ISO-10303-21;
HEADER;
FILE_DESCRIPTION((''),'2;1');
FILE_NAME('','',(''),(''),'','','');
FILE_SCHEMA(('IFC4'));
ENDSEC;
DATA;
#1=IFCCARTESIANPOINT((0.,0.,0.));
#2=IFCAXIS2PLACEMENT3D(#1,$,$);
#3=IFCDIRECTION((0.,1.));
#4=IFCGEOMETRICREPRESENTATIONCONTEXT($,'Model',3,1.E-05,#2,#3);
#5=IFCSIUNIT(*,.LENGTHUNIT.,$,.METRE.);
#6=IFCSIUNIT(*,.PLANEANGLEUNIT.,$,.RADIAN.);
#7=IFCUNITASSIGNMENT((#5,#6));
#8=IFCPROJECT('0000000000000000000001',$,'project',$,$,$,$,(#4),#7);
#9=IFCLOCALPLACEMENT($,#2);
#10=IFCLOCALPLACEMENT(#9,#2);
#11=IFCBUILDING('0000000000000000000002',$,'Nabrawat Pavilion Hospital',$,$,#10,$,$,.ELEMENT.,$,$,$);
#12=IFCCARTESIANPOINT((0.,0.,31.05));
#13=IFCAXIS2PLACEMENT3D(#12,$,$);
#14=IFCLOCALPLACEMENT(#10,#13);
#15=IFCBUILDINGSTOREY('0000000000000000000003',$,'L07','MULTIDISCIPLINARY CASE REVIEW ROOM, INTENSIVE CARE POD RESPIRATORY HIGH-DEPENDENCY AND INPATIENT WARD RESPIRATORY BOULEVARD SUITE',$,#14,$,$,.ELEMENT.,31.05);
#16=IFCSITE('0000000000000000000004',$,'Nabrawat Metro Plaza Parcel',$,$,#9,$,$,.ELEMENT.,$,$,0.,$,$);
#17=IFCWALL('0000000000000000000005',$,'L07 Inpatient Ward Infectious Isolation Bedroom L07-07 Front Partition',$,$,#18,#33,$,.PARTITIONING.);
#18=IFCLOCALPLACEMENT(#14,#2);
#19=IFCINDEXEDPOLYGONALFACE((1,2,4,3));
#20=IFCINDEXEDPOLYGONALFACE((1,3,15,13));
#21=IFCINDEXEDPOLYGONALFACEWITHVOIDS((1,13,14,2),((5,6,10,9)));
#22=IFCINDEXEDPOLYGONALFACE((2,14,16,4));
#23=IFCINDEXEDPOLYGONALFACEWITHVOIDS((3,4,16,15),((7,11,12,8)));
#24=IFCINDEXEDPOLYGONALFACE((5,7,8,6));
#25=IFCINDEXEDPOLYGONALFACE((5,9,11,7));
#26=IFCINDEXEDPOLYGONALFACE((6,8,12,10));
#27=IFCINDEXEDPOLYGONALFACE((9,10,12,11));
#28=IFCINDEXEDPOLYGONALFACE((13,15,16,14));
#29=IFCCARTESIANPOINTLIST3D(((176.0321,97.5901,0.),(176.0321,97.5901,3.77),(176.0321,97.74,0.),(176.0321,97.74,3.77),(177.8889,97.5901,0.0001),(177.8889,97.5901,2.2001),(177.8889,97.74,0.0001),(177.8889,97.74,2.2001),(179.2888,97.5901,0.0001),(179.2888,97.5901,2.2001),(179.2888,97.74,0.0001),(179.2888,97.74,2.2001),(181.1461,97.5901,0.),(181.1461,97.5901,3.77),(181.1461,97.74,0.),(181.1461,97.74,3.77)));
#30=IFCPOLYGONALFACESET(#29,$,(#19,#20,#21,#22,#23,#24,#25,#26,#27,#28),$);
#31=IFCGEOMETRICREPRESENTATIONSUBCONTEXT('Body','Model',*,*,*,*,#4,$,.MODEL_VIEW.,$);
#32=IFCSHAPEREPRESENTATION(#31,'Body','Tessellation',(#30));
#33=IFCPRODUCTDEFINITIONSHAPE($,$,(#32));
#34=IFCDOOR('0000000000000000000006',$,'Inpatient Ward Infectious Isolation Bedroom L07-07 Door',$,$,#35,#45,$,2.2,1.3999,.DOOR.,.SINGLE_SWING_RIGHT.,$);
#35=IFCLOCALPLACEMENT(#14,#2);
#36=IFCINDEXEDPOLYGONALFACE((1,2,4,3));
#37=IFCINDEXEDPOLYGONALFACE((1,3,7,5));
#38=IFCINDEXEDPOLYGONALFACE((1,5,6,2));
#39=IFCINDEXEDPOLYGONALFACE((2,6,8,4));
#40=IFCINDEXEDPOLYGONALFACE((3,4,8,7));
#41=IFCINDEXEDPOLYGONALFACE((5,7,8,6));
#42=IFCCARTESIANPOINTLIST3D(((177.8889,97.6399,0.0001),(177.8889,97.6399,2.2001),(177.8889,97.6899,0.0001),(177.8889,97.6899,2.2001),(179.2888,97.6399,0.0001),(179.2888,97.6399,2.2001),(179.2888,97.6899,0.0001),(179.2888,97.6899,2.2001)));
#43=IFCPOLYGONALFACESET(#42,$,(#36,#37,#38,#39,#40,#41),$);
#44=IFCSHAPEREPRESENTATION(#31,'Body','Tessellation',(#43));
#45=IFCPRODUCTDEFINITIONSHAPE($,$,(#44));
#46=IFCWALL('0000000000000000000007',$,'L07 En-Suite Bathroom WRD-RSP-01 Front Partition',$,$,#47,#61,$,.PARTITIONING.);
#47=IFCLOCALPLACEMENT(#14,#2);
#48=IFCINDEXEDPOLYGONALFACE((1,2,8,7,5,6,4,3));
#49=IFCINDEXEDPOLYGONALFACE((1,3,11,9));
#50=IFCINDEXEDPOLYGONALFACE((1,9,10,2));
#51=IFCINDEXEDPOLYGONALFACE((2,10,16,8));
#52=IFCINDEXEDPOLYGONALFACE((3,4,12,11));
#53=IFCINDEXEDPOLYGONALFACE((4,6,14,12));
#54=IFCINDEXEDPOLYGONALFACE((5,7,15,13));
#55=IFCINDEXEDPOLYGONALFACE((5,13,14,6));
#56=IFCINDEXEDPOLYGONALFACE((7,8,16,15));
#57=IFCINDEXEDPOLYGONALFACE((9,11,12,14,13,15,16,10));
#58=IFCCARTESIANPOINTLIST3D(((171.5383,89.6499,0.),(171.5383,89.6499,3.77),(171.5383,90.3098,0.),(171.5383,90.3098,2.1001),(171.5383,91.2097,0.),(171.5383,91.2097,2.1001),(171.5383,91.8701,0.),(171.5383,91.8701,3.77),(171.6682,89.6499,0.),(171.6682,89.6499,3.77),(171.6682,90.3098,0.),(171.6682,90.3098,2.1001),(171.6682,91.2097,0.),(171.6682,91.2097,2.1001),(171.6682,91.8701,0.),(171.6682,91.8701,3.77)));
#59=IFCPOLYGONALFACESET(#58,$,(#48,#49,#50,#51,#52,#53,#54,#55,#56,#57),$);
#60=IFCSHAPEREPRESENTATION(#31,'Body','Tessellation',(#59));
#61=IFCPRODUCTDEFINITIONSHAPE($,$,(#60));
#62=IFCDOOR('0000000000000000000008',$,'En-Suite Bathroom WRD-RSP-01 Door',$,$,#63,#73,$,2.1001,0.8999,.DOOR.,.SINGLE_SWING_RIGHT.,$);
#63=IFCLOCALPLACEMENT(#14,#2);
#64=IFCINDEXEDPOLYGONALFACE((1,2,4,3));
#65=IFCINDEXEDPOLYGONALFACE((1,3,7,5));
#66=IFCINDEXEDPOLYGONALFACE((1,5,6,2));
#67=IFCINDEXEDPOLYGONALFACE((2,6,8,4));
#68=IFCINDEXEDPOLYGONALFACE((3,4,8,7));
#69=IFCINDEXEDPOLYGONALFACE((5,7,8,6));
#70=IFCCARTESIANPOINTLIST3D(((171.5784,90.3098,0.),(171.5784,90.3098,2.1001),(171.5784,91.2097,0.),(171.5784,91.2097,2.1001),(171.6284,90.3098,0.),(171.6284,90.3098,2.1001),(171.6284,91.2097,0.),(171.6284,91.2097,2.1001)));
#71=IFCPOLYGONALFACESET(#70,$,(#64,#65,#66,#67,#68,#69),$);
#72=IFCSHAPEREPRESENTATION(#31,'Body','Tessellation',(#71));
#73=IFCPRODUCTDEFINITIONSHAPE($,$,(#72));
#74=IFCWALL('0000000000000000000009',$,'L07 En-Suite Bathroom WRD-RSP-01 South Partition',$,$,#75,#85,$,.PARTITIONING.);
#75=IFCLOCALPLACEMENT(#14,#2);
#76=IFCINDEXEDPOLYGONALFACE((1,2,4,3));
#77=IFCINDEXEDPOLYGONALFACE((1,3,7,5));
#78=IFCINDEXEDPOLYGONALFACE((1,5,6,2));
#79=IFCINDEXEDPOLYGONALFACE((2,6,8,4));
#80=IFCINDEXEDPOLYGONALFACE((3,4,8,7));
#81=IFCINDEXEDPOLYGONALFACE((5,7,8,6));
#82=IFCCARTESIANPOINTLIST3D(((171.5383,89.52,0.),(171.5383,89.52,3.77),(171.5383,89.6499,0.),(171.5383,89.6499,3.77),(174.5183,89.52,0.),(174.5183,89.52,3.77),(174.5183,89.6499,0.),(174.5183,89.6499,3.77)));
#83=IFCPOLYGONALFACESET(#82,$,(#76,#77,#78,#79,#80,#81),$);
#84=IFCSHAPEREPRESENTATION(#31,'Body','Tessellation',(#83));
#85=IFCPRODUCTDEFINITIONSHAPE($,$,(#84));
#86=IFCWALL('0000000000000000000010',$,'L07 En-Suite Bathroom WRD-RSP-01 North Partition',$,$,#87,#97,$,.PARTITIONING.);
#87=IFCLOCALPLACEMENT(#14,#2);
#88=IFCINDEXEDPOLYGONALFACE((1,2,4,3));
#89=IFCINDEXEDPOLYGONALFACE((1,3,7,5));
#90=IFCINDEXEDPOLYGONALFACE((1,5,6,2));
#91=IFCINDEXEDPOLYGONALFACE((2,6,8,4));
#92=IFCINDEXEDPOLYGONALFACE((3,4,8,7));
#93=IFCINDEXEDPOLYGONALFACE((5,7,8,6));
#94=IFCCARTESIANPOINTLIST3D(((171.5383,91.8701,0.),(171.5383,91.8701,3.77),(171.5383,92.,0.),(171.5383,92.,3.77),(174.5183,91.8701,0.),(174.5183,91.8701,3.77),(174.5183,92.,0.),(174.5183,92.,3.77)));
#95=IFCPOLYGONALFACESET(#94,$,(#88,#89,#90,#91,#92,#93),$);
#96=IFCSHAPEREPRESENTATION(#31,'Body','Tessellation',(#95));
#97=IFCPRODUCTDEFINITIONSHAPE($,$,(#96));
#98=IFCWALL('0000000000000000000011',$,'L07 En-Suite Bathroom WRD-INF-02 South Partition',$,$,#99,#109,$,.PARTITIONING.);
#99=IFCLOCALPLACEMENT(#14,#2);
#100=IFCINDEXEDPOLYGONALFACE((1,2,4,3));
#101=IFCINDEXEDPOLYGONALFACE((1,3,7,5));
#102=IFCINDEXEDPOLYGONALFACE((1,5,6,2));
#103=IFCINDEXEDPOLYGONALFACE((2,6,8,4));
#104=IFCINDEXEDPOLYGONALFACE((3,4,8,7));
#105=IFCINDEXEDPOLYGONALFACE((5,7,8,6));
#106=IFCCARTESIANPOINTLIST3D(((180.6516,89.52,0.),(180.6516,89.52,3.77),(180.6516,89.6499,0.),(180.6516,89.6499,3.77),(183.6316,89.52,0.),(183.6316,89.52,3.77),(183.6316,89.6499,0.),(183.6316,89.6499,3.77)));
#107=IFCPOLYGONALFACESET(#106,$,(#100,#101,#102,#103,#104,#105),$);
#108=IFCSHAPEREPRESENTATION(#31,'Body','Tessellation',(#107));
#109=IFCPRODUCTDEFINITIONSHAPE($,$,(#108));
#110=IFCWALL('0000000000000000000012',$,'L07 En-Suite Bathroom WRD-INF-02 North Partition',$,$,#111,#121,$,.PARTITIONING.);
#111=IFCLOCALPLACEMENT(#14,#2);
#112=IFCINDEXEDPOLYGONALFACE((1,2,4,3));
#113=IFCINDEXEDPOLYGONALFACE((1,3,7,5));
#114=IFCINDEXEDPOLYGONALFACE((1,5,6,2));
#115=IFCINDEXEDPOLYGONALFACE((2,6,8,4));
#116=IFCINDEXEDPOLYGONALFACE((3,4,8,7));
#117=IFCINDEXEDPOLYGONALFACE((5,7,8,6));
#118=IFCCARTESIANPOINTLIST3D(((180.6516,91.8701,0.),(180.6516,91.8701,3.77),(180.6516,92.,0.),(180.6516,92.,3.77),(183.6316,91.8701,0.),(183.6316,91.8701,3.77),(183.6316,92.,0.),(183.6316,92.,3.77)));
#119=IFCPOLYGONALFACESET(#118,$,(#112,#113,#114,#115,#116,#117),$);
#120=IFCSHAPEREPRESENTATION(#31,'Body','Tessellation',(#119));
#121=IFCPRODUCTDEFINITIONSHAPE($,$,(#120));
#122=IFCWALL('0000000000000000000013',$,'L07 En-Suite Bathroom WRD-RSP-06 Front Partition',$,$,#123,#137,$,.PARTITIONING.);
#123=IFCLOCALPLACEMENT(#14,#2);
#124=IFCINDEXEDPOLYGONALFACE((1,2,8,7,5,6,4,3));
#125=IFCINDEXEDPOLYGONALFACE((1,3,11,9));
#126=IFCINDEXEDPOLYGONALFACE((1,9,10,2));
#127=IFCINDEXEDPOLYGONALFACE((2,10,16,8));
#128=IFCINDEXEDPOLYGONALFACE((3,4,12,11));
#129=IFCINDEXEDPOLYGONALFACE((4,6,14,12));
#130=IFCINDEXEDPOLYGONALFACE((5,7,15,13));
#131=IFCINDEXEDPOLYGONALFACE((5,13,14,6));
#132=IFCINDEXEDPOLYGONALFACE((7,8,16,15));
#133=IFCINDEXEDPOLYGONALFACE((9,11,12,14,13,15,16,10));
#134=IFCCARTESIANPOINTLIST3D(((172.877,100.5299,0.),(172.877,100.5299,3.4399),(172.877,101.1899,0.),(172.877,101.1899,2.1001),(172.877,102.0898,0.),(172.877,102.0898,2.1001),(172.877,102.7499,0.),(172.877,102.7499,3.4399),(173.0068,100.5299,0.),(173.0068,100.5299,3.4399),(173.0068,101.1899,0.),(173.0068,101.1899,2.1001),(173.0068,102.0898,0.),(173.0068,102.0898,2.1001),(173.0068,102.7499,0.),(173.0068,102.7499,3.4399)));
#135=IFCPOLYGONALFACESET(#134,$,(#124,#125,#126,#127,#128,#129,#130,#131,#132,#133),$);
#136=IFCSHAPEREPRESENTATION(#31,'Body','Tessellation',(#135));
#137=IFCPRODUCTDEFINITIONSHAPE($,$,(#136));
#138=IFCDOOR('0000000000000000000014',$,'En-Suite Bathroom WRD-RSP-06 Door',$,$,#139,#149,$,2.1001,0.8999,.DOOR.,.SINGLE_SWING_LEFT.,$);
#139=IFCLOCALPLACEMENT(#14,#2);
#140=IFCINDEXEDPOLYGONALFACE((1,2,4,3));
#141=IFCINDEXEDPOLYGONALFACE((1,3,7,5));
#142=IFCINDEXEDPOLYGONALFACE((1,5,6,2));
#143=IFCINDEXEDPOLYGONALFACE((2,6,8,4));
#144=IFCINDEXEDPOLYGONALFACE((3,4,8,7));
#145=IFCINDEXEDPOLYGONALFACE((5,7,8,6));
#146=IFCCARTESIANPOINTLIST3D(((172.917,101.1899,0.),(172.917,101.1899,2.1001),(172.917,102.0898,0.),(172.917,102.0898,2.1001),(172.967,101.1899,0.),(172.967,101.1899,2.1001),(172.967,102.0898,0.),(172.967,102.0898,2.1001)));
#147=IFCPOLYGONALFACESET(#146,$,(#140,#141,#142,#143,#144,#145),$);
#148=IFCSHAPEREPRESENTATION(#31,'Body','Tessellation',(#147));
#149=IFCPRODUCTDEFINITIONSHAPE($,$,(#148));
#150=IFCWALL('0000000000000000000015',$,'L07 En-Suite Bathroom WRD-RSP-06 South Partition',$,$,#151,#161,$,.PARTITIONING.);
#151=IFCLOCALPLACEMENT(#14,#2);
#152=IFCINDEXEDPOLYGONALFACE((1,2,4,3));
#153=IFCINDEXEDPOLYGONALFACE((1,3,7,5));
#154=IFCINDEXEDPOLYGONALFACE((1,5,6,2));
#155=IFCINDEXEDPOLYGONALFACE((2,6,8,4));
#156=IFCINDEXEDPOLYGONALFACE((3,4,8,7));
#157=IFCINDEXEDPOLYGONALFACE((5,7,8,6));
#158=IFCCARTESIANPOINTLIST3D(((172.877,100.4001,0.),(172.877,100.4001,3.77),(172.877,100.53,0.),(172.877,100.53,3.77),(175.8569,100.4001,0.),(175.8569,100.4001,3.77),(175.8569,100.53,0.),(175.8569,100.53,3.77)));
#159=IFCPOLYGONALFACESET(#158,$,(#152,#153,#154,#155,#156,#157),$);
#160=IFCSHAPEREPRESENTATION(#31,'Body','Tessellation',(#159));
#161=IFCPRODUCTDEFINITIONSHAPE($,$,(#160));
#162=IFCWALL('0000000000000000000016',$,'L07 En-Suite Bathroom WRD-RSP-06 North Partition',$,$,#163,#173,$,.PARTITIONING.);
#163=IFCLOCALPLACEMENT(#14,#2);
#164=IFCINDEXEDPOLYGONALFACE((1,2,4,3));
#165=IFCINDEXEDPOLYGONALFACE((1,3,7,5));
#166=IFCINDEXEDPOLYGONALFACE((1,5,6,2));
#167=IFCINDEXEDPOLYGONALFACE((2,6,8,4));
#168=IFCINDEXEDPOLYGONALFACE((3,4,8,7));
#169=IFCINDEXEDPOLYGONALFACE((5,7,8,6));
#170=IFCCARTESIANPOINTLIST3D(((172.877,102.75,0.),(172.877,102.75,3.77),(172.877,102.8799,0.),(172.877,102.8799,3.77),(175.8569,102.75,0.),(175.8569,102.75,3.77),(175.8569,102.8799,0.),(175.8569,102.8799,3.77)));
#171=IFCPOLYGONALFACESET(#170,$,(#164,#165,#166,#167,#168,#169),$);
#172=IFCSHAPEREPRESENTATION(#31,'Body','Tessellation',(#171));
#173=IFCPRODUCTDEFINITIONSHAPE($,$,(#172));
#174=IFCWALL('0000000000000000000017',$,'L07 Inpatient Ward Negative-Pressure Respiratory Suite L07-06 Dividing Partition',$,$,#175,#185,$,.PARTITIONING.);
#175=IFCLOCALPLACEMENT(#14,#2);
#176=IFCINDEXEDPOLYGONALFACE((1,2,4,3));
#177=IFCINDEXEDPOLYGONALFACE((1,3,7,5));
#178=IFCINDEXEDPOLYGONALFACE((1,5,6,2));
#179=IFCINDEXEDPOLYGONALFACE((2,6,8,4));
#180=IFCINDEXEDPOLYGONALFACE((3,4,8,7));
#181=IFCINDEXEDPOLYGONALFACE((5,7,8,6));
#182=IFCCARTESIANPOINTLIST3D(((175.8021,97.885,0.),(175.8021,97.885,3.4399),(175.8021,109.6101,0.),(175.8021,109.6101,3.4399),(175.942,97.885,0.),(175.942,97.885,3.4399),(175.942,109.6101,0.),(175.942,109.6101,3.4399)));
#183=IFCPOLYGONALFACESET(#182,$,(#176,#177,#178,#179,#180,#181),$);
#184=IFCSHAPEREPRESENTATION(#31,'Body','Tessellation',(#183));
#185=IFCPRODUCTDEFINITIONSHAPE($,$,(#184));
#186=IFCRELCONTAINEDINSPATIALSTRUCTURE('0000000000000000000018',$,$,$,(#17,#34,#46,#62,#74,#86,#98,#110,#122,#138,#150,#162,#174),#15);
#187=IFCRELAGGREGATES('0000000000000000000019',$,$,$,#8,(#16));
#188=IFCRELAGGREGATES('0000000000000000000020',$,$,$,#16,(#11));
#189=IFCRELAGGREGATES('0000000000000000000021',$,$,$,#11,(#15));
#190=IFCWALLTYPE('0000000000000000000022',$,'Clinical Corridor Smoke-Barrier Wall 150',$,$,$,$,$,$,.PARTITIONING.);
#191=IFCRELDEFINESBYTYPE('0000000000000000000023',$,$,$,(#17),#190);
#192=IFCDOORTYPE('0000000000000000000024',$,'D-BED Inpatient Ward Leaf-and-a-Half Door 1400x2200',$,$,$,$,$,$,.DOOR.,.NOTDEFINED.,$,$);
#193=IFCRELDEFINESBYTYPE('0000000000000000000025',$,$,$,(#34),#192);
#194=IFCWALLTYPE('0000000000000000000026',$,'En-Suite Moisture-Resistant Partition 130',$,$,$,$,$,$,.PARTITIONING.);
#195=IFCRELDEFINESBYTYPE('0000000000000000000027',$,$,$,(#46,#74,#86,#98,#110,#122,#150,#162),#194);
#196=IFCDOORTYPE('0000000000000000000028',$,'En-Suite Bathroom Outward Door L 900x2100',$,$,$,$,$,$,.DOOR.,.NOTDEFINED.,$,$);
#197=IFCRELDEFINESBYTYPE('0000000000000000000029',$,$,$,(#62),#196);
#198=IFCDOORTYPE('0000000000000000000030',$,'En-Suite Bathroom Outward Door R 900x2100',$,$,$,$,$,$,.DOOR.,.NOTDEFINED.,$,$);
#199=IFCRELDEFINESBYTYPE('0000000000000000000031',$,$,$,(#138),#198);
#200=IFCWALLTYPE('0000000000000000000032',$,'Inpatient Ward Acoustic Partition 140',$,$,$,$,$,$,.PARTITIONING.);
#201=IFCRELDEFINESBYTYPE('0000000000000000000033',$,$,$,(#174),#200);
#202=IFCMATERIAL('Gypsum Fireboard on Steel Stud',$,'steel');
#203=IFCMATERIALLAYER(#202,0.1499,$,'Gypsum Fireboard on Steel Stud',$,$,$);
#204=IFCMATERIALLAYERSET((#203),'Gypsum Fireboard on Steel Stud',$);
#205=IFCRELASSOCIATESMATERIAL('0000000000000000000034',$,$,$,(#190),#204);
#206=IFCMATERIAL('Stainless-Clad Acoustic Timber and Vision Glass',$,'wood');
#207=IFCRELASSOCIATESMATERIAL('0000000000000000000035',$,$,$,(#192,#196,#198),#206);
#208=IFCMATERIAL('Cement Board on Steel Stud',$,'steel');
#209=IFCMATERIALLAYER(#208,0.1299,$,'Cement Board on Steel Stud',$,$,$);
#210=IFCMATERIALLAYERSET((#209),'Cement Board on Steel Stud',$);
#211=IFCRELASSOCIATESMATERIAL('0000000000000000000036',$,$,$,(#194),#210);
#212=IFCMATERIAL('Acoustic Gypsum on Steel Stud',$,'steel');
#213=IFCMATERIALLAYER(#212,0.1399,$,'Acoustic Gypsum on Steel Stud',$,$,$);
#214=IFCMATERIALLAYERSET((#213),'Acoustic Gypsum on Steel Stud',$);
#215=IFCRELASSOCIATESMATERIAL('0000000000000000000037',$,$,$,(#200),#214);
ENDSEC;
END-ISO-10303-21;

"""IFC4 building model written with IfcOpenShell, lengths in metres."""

from ifc_helpers import new_model, si_unit, direction, frame, frame_2d, origin, place, context, subcontext, project, spatial, rectangle, extrude, material, layer, layer_set, type_object, element, fill, save


model = new_model("IFC4")

# Units and contexts
model_context = context("Model", 3, precision=1e-05, world=origin(), true_north=direction((0.0, 1.0)))
body_context = subcontext(model_context, "Body", "Model", "MODEL_VIEW")
ifc_project = project(units=[si_unit("LENGTHUNIT", "METRE"), si_unit("PLANEANGLEUNIT", "RADIAN")], contexts=[model_context])

# Site, building, storey
site_placement = place(None, origin())
site = spatial("IfcSite", under=ifc_project, at=site_placement, Name="Nabrawat Metro Plaza Parcel", CompositionType="ELEMENT", RefElevation=0.0)
building_placement = place(site_placement, origin())
building = spatial("IfcBuilding", under=site, at=building_placement, Name="Nabrawat Pavilion Hospital", CompositionType="ELEMENT")
storey_placement = place(building_placement, frame((0.0, 0.0, 31.05)))
storey = spatial("IfcBuildingStorey", under=building, at=storey_placement, Name="L07", Description="MULTIDISCIPLINARY CASE REVIEW ROOM, INTENSIVE CARE POD RESPIRATORY HIGH-DEPENDENCY AND INPATIENT WARD RESPIRATORY BOULEVARD SUITE", CompositionType="ELEMENT", Elevation=31.05)

# Walls, openings, doors
ifc_material_1 = material(Name="Gypsum Fireboard on Steel Stud", Category="steel")
ifc_layer_1 = layer(ifc_material_1, 0.1499, Name="Gypsum Fireboard on Steel Stud")
ifc_layer_set_1 = layer_set([ifc_layer_1], Name="Gypsum Fireboard on Steel Stud")
wall_type_1 = type_object("IfcWallType", Name="Clinical Corridor Smoke-Barrier Wall 150", PredefinedType="PARTITIONING", material=ifc_layer_set_1)
ifc_material_2 = material(Name="Stainless-Clad Acoustic Timber and Vision Glass", Category="wood")
door_type_1 = type_object("IfcDoorType", Name="D-BED Inpatient Ward Leaf-and-a-Half Door 1400x2200", OperationType="NOTDEFINED", PredefinedType="DOOR", material=ifc_material_2)
wall_1_placement = place(storey_placement, frame((176.032, 97.665, 0.0), z_axis=(0.0, 0.0, 1.0), x_axis=(1.0, 0.0, 0.0)))
wall_1 = element("IfcWall", 1, at=wall_1_placement, inside=storey, type_object=wall_type_1, Name="L07 Inpatient Ward Infectious Isolation Bedroom L07-07 Front Partition", PredefinedType="PARTITIONING", context=body_context, shape_type="SweptSolid", body=[
    extrude(rectangle(XDim=5.114, YDim=0.1499, at=frame_2d((2.5571, 0.0))), origin(), (0.0, 0.0, 1.0), 3.77),
])
opening_1_placement = place(wall_1_placement, frame((1.8569, 0.0, 0.0)))
opening_1 = element("IfcOpeningElement", 2, at=opening_1_placement, cuts=wall_1, PredefinedType="OPENING", context=body_context, shape_type="SweptSolid", body=[
    extrude(rectangle(XDim=1.3999, YDim=2.2, at=frame_2d((0.7, 1.1001))), frame((0.0, 0.085, 0.0), z_axis=(0.0, -1.0, 0.0), x_axis=(1.0, 0.0, 0.0)), (0.0, 0.0, 1.0), 0.1699),
])
door_1_placement = place(opening_1_placement, origin())
door_1 = element("IfcDoor", 3, at=door_1_placement, inside=storey, type_object=door_type_1, Name="Inpatient Ward Infectious Isolation Bedroom L07-07 Door", OperationType="SINGLE_SWING_RIGHT", OverallHeight=2.2, OverallWidth=1.3999, PredefinedType="DOOR", context=body_context, shape_type="SweptSolid", body=[
    extrude(rectangle(XDim=1.3999, YDim=2.2, at=frame_2d((0.7, 1.1001))), frame((0.0, 0.0249, 0.0), z_axis=(0.0, -1.0, 0.0), x_axis=(1.0, 0.0, 0.0)), (0.0, 0.0, 1.0), 0.05),
])
fill(opening_1, door_1)
ifc_material_3 = material(Name="Cement Board on Steel Stud", Category="steel")
ifc_layer_2 = layer(ifc_material_3, 0.1299, Name="Cement Board on Steel Stud")
ifc_layer_set_2 = layer_set([ifc_layer_2], Name="Cement Board on Steel Stud")
wall_type_2 = type_object("IfcWallType", Name="En-Suite Moisture-Resistant Partition 130", PredefinedType="PARTITIONING", material=ifc_layer_set_2)
wall_2_placement = place(storey_placement, frame((171.6033, 89.6499, 0.0), z_axis=(0.0, 0.0, 1.0), x_axis=(0.0, 1.0, 0.0)))
wall_2 = element("IfcWall", 4, at=wall_2_placement, inside=storey, type_object=wall_type_2, Name="L07 En-Suite Bathroom WRD-RSP-01 Front Partition", PredefinedType="PARTITIONING", context=body_context, shape_type="SweptSolid", body=[
    extrude(rectangle(XDim=2.2202, YDim=0.1299, at=frame_2d((1.1101, 0.0))), origin(), (0.0, 0.0, 1.0), 3.77),
])
opening_2_placement = place(wall_2_placement, frame((0.6599, 0.0, 0.0)))
opening_2 = element("IfcOpeningElement", 5, at=opening_2_placement, cuts=wall_2, PredefinedType="OPENING", context=body_context, shape_type="SweptSolid", body=[
    extrude(rectangle(XDim=0.8999, YDim=2.1001, at=frame_2d((0.45, 1.05))), frame((0.0, 0.075, 0.0), z_axis=(0.0, -1.0, 0.0), x_axis=(1.0, 0.0, 0.0)), (0.0, 0.0, 1.0), 0.1499),
])
door_type_2 = type_object("IfcDoorType", Name="En-Suite Bathroom Outward Door L 900x2100", OperationType="NOTDEFINED", PredefinedType="DOOR", material=ifc_material_2)
door_2_placement = place(opening_2_placement, origin())
door_2 = element("IfcDoor", 6, at=door_2_placement, inside=storey, type_object=door_type_2, Name="En-Suite Bathroom WRD-RSP-01 Door", OperationType="SINGLE_SWING_RIGHT", OverallHeight=2.1001, OverallWidth=0.8999, PredefinedType="DOOR", context=body_context, shape_type="SweptSolid", body=[
    extrude(rectangle(XDim=0.8999, YDim=2.1001, at=frame_2d((0.45, 1.05))), frame((0.0, 0.0249, 0.0), z_axis=(0.0, -1.0, 0.0), x_axis=(1.0, 0.0, 0.0)), (0.0, 0.0, 1.0), 0.05),
])
fill(opening_2, door_2)

# Walls
for number, where, z_axis, x_axis, name in (
    (7, (171.5383, 89.585, 0.0), (0.0, 0.0, 1.0), (1.0, 0.0, 0.0), "L07 En-Suite Bathroom WRD-RSP-01 South Partition"),
    (8, (171.5383, 91.9351, 0.0), (0.0, 0.0, 1.0), (1.0, 0.0, 0.0), "L07 En-Suite Bathroom WRD-RSP-01 North Partition"),
    (9, (180.6516, 89.585, 0.0), (0.0, 0.0, 1.0), (1.0, 0.0, 0.0), "L07 En-Suite Bathroom WRD-INF-02 South Partition"),
    (10, (180.6516, 91.9351, 0.0), (0.0, 0.0, 1.0), (1.0, 0.0, 0.0), "L07 En-Suite Bathroom WRD-INF-02 North Partition"),
):
    element("IfcWall", number, at=place(storey_placement, frame(where, z_axis=z_axis, x_axis=x_axis)), inside=storey, type_object=wall_type_2, Name=name, PredefinedType="PARTITIONING", context=body_context, shape_type="SweptSolid", body=[
        extrude(rectangle(XDim=2.98, YDim=0.1299, at=frame_2d((1.49, 0.0))), origin(), (0.0, 0.0, 1.0), 3.77),
    ])

# Wall, opening, door
wall_3_placement = place(storey_placement, frame((172.9419, 100.53, 0.0), z_axis=(0.0, 0.0, 1.0), x_axis=(0.0, 1.0, 0.0)))
wall_3 = element("IfcWall", 11, at=wall_3_placement, inside=storey, type_object=wall_type_2, Name="L07 En-Suite Bathroom WRD-RSP-06 Front Partition", PredefinedType="PARTITIONING", context=body_context, shape_type="SweptSolid", body=[
    extrude(rectangle(XDim=2.22, YDim=0.1299, at=frame_2d((1.1099, 0.0))), origin(), (0.0, 0.0, 1.0), 3.4399),
])
opening_3_placement = place(wall_3_placement, frame((0.6599, 0.0, 0.0)))
opening_3 = element("IfcOpeningElement", 12, at=opening_3_placement, cuts=wall_3, PredefinedType="OPENING", context=body_context, shape_type="SweptSolid", body=[
    extrude(rectangle(XDim=0.8999, YDim=2.1001, at=frame_2d((0.45, 1.05))), frame((0.0, 0.075, 0.0), z_axis=(0.0, -1.0, 0.0), x_axis=(1.0, 0.0, 0.0)), (0.0, 0.0, 1.0), 0.1499),
])
door_type_3 = type_object("IfcDoorType", Name="En-Suite Bathroom Outward Door R 900x2100", OperationType="NOTDEFINED", PredefinedType="DOOR", material=ifc_material_2)
door_3_placement = place(opening_3_placement, origin())
door_3 = element("IfcDoor", 13, at=door_3_placement, inside=storey, type_object=door_type_3, Name="En-Suite Bathroom WRD-RSP-06 Door", OperationType="SINGLE_SWING_LEFT", OverallHeight=2.1001, OverallWidth=0.8999, PredefinedType="DOOR", context=body_context, shape_type="SweptSolid", body=[
    extrude(rectangle(XDim=0.8999, YDim=2.1001, at=frame_2d((0.45, 1.05))), frame((0.0, 0.0249, 0.0), z_axis=(0.0, -1.0, 0.0), x_axis=(1.0, 0.0, 0.0)), (0.0, 0.0, 1.0), 0.05),
])
fill(opening_3, door_3)

# Walls
for number, where, z_axis, x_axis, name in (
    (14, (172.877, 100.4651, 0.0), (0.0, 0.0, 1.0), (1.0, 0.0, 0.0), "L07 En-Suite Bathroom WRD-RSP-06 South Partition"),
    (15, (172.877, 102.8149, 0.0), (0.0, 0.0, 1.0), (1.0, 0.0, 0.0), "L07 En-Suite Bathroom WRD-RSP-06 North Partition"),
):
    element("IfcWall", number, at=place(storey_placement, frame(where, z_axis=z_axis, x_axis=x_axis)), inside=storey, type_object=wall_type_2, Name=name, PredefinedType="PARTITIONING", context=body_context, shape_type="SweptSolid", body=[
        extrude(rectangle(XDim=2.98, YDim=0.1299, at=frame_2d((1.49, 0.0))), origin(), (0.0, 0.0, 1.0), 3.77),
    ])
ifc_material_4 = material(Name="Acoustic Gypsum on Steel Stud", Category="steel")
ifc_layer_3 = layer(ifc_material_4, 0.1399, Name="Acoustic Gypsum on Steel Stud")
ifc_layer_set_3 = layer_set([ifc_layer_3], Name="Acoustic Gypsum on Steel Stud")
wall_type_3 = type_object("IfcWallType", Name="Inpatient Ward Acoustic Partition 140", PredefinedType="PARTITIONING", material=ifc_layer_set_3)
wall_4_placement = place(storey_placement, frame((175.8721, 97.885, 0.0), z_axis=(0.0, 0.0, 1.0), x_axis=(0.0, 1.0, 0.0)))
element("IfcWall", 16, at=wall_4_placement, inside=storey, type_object=wall_type_3, Name="L07 Inpatient Ward Negative-Pressure Respiratory Suite L07-06 Dividing Partition", PredefinedType="PARTITIONING", context=body_context, shape_type="SweptSolid", body=[
    extrude(rectangle(XDim=11.7251, YDim=0.1399, at=frame_2d((5.8625, 0.0))), origin(), (0.0, 0.0, 1.0), 3.4399),
])

save(model, "model.ifc")
